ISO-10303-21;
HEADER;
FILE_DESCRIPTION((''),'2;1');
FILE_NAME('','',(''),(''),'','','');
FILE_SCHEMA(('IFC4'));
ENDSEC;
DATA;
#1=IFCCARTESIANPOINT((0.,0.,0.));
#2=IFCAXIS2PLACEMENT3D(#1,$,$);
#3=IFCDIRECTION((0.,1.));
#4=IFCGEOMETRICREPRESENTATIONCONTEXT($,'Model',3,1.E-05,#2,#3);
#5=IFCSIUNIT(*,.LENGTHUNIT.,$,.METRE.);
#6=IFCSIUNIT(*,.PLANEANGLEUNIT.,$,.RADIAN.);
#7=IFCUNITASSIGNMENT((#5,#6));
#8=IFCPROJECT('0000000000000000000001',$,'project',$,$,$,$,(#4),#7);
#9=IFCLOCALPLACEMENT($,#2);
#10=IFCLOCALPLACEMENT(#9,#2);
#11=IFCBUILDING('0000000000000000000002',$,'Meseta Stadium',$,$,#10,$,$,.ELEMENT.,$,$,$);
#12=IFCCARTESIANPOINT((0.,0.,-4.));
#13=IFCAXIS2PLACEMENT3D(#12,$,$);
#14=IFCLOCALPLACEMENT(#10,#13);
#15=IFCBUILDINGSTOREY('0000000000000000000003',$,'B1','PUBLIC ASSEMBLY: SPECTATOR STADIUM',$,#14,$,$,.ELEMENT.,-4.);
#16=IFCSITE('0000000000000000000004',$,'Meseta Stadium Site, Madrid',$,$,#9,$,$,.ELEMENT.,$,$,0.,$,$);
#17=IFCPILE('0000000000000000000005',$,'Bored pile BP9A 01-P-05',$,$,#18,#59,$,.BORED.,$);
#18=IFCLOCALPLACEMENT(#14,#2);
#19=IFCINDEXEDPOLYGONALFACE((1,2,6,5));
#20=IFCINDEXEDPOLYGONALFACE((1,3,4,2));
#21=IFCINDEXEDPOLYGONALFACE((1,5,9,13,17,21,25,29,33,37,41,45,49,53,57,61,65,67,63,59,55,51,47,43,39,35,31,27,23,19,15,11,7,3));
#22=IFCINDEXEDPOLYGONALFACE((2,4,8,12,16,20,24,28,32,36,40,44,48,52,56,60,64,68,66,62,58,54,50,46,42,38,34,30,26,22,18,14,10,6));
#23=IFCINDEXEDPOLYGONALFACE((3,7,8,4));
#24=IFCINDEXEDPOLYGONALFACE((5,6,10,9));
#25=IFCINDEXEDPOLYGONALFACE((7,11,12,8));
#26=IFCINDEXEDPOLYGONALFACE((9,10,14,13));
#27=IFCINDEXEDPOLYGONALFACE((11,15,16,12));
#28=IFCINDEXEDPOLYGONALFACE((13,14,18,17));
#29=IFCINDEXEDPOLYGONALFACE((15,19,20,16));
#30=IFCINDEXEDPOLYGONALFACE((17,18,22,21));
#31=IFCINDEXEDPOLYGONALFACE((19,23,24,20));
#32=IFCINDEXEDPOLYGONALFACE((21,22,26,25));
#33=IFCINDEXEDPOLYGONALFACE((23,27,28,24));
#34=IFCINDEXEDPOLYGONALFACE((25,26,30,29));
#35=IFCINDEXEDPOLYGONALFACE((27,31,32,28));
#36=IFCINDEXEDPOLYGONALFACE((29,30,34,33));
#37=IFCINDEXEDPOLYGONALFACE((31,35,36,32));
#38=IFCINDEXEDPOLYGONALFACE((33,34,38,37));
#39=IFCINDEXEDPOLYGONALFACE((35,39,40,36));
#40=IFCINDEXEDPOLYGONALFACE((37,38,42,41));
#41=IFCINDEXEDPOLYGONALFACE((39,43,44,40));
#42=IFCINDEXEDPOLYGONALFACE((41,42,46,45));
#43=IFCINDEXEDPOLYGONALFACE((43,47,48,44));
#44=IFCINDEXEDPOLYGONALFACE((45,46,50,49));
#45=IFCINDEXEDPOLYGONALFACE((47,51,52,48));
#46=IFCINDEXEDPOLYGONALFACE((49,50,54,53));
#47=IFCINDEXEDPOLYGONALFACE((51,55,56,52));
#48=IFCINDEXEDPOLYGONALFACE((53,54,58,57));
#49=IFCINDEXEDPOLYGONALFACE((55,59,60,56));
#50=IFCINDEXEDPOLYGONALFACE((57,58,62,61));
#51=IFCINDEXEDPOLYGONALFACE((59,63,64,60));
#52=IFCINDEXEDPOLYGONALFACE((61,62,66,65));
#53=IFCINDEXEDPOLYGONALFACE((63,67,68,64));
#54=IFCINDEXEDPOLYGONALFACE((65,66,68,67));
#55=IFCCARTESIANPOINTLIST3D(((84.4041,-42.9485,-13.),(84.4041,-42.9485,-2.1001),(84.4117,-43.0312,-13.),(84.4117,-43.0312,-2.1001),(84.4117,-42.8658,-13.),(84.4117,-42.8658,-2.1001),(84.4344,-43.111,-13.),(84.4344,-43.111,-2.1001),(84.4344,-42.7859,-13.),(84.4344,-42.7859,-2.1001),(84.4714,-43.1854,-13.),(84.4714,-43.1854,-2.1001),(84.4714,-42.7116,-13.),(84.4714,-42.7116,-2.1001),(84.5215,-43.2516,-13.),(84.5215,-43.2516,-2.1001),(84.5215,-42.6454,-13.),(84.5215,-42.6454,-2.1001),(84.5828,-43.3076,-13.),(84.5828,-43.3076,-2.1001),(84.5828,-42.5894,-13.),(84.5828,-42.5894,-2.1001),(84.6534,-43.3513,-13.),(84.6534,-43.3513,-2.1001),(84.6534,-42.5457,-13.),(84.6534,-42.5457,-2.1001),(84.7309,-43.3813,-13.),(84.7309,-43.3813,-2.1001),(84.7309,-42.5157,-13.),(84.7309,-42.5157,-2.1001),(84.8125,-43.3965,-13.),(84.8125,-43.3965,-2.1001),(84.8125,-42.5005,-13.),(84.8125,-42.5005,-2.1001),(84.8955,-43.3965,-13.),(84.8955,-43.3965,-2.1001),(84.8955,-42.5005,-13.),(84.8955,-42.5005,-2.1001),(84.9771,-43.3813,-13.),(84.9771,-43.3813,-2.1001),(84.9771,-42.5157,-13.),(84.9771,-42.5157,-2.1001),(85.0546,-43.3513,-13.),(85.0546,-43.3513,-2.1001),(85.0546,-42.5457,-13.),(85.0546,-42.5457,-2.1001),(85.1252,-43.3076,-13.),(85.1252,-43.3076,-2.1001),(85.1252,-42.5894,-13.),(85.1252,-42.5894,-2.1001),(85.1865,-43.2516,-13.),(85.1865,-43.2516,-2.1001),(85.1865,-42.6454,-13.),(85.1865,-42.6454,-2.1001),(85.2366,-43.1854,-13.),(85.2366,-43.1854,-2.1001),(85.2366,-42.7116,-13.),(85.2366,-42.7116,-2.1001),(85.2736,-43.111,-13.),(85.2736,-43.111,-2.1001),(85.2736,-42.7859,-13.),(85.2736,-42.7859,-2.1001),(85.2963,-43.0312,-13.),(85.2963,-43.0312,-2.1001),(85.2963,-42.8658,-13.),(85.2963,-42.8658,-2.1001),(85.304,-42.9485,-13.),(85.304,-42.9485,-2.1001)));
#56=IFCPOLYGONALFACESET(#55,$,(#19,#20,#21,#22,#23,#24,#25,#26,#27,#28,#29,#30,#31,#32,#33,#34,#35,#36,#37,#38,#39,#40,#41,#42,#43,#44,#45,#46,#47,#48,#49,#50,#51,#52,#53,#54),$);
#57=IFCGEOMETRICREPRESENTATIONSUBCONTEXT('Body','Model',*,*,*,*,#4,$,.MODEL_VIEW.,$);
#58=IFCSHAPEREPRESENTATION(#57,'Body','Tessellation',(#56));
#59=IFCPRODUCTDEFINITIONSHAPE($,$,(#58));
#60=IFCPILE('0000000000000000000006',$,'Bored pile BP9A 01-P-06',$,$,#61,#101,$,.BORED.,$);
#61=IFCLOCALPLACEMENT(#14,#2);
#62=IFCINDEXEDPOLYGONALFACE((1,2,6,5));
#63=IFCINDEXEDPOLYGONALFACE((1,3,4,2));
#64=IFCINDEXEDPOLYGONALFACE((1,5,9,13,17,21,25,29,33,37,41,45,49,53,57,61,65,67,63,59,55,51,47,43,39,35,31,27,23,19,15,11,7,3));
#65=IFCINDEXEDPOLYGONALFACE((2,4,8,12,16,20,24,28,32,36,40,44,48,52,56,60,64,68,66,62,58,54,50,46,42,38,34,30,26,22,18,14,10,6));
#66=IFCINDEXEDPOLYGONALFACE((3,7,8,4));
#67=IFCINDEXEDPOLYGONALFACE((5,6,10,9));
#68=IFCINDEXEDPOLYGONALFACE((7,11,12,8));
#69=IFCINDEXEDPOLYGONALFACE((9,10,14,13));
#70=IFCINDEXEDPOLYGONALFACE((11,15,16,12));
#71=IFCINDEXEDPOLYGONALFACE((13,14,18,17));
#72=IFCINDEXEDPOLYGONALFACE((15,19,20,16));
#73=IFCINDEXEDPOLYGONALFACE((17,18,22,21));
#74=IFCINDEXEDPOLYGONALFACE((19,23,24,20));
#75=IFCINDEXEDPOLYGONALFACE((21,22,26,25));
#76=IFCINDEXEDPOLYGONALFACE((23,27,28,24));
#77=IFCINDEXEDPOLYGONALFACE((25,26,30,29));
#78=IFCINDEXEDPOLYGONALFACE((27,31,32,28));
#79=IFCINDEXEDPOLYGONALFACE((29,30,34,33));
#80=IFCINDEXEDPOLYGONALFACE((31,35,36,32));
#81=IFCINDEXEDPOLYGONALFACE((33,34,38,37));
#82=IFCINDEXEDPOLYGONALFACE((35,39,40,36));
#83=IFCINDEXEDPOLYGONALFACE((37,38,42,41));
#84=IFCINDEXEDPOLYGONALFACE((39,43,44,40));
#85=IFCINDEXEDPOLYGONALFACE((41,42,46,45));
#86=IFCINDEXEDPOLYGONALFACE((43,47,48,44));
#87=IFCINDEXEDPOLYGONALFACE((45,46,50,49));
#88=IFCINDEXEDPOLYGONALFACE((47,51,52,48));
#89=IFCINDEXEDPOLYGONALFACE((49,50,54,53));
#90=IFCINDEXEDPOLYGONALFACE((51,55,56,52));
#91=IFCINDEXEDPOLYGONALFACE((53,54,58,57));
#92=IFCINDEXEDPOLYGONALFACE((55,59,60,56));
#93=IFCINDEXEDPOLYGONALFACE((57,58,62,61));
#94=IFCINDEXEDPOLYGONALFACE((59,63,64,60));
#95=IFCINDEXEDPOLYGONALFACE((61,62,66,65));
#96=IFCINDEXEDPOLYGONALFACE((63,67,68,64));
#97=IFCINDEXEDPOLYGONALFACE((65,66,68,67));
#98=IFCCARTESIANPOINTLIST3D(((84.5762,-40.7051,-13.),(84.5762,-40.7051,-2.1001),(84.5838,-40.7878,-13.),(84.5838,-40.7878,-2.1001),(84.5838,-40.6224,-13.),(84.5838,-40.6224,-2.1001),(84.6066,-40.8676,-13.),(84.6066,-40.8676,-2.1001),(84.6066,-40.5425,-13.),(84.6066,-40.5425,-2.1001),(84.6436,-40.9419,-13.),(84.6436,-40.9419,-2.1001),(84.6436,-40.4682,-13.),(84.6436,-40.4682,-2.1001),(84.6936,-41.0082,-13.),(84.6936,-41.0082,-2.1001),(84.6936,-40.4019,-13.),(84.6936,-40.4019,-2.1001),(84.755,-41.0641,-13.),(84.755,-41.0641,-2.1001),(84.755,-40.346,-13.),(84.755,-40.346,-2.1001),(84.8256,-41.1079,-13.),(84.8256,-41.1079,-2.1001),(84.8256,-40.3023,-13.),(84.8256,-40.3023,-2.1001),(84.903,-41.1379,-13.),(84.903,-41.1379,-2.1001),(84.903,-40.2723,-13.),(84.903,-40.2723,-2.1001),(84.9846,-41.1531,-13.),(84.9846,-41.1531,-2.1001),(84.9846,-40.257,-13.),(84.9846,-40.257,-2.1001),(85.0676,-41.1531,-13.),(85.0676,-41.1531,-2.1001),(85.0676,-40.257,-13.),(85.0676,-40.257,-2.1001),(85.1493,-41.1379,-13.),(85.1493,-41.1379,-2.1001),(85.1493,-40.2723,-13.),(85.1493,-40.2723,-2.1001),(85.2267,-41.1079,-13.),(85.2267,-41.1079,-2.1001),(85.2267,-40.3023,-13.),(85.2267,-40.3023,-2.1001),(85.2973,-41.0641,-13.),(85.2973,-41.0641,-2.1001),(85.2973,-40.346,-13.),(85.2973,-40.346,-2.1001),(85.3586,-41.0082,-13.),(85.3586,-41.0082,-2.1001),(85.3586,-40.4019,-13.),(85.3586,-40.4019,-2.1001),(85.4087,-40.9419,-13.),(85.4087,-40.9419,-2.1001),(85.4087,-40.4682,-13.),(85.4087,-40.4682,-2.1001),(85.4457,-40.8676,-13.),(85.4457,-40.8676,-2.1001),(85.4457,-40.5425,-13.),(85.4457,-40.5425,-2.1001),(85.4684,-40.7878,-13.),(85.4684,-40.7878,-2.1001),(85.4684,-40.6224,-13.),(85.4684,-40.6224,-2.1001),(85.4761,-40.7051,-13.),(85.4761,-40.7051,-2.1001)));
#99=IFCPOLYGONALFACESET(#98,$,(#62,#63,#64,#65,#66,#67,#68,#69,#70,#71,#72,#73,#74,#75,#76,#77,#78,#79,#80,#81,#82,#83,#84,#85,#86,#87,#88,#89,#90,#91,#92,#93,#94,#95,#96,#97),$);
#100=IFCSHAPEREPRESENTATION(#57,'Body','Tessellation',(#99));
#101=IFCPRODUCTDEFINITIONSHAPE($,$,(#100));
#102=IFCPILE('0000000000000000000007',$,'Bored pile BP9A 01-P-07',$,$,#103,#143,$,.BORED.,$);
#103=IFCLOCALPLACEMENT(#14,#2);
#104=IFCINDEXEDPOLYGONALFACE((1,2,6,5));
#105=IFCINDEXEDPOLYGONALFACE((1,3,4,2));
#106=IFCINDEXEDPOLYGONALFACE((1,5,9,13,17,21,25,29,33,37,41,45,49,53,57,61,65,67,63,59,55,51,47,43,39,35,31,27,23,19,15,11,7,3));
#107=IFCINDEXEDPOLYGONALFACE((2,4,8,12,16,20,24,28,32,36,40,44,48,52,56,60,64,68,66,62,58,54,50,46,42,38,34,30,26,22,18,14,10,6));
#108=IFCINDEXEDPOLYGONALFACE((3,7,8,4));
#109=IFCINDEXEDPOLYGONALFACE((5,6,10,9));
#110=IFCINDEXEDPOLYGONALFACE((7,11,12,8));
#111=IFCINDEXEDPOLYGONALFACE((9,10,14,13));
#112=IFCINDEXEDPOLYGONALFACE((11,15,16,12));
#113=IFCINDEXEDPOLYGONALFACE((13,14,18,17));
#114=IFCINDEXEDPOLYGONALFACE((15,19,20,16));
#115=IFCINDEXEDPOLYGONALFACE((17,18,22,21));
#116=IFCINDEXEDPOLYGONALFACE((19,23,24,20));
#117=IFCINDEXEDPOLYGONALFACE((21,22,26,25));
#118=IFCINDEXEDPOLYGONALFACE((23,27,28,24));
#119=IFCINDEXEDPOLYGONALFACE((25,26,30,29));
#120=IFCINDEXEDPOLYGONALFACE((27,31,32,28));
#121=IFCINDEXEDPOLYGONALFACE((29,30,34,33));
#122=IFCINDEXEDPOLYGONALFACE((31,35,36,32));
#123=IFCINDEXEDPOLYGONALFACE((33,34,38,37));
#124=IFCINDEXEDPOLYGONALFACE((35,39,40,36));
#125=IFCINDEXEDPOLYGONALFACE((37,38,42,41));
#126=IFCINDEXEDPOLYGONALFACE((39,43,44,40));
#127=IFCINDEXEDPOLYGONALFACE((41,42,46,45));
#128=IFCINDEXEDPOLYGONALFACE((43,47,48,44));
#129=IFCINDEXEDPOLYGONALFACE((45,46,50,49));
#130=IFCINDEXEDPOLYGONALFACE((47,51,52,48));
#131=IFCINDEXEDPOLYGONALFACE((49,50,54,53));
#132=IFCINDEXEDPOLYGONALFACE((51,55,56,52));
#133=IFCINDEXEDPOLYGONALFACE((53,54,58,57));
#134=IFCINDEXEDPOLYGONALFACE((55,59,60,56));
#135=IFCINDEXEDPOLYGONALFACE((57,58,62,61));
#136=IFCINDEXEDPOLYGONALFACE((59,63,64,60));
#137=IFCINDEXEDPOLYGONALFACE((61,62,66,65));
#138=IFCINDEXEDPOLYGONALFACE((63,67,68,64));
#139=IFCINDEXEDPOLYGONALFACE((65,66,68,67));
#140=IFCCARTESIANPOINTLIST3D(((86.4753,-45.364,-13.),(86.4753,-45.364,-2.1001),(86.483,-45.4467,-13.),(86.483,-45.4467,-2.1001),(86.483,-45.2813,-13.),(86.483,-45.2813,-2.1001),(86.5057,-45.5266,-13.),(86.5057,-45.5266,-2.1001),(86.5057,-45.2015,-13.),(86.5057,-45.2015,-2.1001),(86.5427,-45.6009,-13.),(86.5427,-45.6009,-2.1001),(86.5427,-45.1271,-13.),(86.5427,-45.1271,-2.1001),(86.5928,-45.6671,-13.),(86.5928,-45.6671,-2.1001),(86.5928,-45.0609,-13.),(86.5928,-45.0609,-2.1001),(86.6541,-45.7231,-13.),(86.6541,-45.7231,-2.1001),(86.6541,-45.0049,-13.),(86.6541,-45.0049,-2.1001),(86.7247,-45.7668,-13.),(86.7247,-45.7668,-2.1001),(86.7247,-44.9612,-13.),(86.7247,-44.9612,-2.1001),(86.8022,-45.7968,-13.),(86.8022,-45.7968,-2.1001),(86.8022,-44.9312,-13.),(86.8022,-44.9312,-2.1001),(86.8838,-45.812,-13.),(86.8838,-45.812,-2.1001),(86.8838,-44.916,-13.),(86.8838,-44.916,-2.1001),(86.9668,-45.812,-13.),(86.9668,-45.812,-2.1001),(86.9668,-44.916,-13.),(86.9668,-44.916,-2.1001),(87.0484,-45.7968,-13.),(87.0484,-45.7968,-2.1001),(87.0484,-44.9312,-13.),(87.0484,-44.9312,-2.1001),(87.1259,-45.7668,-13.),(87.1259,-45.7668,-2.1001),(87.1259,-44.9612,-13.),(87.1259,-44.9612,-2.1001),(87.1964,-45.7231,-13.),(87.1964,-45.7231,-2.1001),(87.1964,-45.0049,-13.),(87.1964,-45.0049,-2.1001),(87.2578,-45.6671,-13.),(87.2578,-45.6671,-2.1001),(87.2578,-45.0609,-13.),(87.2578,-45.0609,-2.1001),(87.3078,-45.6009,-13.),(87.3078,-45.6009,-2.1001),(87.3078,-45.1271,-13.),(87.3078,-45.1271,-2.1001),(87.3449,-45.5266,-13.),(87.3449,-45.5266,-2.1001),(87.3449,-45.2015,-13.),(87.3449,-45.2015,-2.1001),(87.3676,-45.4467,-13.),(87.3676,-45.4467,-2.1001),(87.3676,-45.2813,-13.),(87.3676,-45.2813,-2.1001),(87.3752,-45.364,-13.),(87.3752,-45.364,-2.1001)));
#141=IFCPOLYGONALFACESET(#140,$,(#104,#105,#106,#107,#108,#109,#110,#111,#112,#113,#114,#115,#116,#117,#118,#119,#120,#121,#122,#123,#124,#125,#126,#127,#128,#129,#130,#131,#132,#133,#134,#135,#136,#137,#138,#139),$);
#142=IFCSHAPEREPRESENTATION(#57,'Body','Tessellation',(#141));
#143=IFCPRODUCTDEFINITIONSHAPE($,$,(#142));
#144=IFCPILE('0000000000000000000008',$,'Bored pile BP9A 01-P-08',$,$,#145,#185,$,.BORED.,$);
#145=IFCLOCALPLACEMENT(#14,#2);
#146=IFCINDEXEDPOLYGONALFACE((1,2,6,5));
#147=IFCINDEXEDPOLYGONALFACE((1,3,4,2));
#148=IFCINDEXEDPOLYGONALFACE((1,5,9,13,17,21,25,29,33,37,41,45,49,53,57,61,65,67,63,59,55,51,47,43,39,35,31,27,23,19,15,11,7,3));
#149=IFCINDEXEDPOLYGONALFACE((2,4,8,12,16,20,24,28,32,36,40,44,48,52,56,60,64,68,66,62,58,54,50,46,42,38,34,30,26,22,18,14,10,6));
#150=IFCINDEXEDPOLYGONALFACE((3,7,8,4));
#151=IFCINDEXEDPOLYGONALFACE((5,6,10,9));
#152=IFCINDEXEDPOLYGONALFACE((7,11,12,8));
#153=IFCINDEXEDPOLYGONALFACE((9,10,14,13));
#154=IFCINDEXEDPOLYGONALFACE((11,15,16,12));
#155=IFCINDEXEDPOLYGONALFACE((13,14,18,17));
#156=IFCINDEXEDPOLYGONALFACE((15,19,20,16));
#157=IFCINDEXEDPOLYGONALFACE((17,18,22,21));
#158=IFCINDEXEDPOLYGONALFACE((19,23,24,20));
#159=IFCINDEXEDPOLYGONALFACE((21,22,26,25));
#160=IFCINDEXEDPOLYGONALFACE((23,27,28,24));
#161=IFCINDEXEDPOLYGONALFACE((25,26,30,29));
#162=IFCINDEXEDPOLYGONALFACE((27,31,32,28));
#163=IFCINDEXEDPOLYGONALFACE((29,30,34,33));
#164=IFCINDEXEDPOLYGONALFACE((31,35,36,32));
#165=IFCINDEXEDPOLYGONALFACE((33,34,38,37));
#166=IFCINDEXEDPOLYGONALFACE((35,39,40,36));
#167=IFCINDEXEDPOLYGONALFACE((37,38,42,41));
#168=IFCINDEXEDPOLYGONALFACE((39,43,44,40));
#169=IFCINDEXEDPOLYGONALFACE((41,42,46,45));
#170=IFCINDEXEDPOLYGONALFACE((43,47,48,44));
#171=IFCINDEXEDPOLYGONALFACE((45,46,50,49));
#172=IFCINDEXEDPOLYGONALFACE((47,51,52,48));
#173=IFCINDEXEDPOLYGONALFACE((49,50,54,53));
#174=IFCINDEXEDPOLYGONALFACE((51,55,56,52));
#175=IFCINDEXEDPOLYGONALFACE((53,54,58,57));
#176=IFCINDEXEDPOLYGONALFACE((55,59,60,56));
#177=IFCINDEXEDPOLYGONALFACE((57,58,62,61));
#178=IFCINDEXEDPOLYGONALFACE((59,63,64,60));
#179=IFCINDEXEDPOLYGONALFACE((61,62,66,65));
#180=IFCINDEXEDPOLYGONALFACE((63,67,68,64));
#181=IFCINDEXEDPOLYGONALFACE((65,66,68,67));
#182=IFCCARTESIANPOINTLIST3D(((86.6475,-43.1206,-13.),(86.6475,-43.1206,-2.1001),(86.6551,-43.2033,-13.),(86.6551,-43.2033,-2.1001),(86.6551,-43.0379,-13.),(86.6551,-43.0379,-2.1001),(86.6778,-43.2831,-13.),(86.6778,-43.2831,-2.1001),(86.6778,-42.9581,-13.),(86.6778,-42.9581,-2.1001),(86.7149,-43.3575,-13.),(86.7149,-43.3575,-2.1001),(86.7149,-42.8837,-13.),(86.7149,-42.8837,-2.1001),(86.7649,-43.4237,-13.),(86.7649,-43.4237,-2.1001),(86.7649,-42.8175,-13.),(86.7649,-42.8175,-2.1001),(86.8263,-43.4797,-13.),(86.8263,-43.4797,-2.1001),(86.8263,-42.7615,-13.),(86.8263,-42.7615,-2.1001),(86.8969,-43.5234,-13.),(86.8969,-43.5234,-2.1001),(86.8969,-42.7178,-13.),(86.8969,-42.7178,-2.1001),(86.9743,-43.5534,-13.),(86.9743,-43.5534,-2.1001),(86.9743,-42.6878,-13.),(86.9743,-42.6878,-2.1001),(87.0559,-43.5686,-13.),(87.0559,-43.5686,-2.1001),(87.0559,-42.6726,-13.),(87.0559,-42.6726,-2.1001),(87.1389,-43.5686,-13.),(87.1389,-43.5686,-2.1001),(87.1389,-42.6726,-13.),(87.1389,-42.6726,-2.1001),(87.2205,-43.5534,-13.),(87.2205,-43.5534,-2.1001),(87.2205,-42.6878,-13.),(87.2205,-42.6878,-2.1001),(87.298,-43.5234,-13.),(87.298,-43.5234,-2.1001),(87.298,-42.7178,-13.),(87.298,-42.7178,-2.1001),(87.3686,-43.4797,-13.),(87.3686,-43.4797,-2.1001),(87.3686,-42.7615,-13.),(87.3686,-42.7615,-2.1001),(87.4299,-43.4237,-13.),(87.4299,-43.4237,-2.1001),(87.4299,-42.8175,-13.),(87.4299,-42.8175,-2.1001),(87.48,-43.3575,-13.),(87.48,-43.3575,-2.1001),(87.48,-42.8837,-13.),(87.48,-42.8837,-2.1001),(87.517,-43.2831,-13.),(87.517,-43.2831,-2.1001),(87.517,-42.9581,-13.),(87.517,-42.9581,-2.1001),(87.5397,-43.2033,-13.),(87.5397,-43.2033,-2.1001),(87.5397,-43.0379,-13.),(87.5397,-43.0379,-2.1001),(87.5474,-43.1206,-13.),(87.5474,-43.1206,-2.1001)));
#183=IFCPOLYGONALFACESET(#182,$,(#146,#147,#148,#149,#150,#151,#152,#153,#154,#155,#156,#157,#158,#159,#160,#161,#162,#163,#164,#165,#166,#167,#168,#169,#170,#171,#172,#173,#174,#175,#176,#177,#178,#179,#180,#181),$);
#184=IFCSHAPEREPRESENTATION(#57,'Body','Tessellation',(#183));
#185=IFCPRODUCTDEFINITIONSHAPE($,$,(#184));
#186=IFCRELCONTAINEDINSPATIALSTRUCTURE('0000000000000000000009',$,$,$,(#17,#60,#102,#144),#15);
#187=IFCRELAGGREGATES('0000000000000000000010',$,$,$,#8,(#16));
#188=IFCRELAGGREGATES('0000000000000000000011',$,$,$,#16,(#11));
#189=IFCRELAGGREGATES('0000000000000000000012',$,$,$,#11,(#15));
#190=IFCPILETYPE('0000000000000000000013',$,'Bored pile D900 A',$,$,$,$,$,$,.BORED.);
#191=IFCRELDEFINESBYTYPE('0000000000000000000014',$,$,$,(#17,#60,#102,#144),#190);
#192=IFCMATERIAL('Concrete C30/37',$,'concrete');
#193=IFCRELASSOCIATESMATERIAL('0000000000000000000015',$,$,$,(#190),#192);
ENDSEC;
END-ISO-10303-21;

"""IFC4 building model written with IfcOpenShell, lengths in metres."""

from ifc_helpers import new_model, si_unit, direction, frame, origin, origin_2d, place, context, subcontext, project, spatial, circle, extrude, material, material_profile, profile_set, type_object, element, save


model = new_model("IFC4")

# Units and contexts
model_context = context("Model", 3, precision=1e-05, world=origin(), true_north=direction((0.0, 1.0)))
body_context = subcontext(model_context, "Body", "Model", "MODEL_VIEW")
ifc_project = project(units=[si_unit("LENGTHUNIT", "METRE"), si_unit("PLANEANGLEUNIT", "RADIAN")], contexts=[model_context])

# Site, building, storey
site_placement = place(None, origin())
site = spatial("IfcSite", under=ifc_project, at=site_placement, Name="Meseta Stadium Site, Madrid", CompositionType="ELEMENT", RefElevation=0.0)
building_placement = place(site_placement, origin())
building = spatial("IfcBuilding", under=site, at=building_placement, Name="Meseta Stadium", CompositionType="ELEMENT")
storey_placement = place(building_placement, frame((0.0, 0.0, -4.0)))
storey = spatial("IfcBuildingStorey", under=building, at=storey_placement, Name="B1", Description="PUBLIC ASSEMBLY: SPECTATOR STADIUM", CompositionType="ELEMENT", Elevation=-4.0)

# Piles
ifc_material_1 = material(Name="Concrete C30/37", Category="concrete")
ifc_material_profile_1 = material_profile(ifc_material_1, circle(Radius=0.45, at=origin_2d()), Name="D900")
ifc_profile_set_1 = profile_set([ifc_material_profile_1], Name="Concrete C30/37")
pile_type = type_object("IfcPileType", Name="Bored pile D900 A", PredefinedType="BORED", material=ifc_profile_set_1)
for number, where, z_axis, x_axis, name in (
    (1, (84.854, -42.9485, -2.1001), (0.0, 0.0, -1.0), (1.0, 0.0, 0.0), "Bored pile BP9A 01-P-05"),
    (2, (85.0261, -40.7051, -2.1001), (0.0, 0.0, -1.0), (1.0, 0.0, 0.0), "Bored pile BP9A 01-P-06"),
    (3, (86.9253, -45.364, -2.1001), (0.0, 0.0, -1.0), (1.0, 0.0, 0.0), "Bored pile BP9A 01-P-07"),
    (4, (87.0974, -43.1206, -2.1001), (0.0, 0.0, -1.0), (1.0, 0.0, 0.0), "Bored pile BP9A 01-P-08"),
):
    element("IfcPile", number, at=place(storey_placement, frame(where, z_axis=z_axis, x_axis=x_axis)), inside=storey, type_object=pile_type, Name=name, PredefinedType="BORED", context=body_context, shape_type="SweptSolid", body=[
        extrude(circle(Radius=0.45, at=origin_2d()), origin(), (0.0, 0.0, 1.0), 10.8999),
    ])

save(model, "model.ifc")
